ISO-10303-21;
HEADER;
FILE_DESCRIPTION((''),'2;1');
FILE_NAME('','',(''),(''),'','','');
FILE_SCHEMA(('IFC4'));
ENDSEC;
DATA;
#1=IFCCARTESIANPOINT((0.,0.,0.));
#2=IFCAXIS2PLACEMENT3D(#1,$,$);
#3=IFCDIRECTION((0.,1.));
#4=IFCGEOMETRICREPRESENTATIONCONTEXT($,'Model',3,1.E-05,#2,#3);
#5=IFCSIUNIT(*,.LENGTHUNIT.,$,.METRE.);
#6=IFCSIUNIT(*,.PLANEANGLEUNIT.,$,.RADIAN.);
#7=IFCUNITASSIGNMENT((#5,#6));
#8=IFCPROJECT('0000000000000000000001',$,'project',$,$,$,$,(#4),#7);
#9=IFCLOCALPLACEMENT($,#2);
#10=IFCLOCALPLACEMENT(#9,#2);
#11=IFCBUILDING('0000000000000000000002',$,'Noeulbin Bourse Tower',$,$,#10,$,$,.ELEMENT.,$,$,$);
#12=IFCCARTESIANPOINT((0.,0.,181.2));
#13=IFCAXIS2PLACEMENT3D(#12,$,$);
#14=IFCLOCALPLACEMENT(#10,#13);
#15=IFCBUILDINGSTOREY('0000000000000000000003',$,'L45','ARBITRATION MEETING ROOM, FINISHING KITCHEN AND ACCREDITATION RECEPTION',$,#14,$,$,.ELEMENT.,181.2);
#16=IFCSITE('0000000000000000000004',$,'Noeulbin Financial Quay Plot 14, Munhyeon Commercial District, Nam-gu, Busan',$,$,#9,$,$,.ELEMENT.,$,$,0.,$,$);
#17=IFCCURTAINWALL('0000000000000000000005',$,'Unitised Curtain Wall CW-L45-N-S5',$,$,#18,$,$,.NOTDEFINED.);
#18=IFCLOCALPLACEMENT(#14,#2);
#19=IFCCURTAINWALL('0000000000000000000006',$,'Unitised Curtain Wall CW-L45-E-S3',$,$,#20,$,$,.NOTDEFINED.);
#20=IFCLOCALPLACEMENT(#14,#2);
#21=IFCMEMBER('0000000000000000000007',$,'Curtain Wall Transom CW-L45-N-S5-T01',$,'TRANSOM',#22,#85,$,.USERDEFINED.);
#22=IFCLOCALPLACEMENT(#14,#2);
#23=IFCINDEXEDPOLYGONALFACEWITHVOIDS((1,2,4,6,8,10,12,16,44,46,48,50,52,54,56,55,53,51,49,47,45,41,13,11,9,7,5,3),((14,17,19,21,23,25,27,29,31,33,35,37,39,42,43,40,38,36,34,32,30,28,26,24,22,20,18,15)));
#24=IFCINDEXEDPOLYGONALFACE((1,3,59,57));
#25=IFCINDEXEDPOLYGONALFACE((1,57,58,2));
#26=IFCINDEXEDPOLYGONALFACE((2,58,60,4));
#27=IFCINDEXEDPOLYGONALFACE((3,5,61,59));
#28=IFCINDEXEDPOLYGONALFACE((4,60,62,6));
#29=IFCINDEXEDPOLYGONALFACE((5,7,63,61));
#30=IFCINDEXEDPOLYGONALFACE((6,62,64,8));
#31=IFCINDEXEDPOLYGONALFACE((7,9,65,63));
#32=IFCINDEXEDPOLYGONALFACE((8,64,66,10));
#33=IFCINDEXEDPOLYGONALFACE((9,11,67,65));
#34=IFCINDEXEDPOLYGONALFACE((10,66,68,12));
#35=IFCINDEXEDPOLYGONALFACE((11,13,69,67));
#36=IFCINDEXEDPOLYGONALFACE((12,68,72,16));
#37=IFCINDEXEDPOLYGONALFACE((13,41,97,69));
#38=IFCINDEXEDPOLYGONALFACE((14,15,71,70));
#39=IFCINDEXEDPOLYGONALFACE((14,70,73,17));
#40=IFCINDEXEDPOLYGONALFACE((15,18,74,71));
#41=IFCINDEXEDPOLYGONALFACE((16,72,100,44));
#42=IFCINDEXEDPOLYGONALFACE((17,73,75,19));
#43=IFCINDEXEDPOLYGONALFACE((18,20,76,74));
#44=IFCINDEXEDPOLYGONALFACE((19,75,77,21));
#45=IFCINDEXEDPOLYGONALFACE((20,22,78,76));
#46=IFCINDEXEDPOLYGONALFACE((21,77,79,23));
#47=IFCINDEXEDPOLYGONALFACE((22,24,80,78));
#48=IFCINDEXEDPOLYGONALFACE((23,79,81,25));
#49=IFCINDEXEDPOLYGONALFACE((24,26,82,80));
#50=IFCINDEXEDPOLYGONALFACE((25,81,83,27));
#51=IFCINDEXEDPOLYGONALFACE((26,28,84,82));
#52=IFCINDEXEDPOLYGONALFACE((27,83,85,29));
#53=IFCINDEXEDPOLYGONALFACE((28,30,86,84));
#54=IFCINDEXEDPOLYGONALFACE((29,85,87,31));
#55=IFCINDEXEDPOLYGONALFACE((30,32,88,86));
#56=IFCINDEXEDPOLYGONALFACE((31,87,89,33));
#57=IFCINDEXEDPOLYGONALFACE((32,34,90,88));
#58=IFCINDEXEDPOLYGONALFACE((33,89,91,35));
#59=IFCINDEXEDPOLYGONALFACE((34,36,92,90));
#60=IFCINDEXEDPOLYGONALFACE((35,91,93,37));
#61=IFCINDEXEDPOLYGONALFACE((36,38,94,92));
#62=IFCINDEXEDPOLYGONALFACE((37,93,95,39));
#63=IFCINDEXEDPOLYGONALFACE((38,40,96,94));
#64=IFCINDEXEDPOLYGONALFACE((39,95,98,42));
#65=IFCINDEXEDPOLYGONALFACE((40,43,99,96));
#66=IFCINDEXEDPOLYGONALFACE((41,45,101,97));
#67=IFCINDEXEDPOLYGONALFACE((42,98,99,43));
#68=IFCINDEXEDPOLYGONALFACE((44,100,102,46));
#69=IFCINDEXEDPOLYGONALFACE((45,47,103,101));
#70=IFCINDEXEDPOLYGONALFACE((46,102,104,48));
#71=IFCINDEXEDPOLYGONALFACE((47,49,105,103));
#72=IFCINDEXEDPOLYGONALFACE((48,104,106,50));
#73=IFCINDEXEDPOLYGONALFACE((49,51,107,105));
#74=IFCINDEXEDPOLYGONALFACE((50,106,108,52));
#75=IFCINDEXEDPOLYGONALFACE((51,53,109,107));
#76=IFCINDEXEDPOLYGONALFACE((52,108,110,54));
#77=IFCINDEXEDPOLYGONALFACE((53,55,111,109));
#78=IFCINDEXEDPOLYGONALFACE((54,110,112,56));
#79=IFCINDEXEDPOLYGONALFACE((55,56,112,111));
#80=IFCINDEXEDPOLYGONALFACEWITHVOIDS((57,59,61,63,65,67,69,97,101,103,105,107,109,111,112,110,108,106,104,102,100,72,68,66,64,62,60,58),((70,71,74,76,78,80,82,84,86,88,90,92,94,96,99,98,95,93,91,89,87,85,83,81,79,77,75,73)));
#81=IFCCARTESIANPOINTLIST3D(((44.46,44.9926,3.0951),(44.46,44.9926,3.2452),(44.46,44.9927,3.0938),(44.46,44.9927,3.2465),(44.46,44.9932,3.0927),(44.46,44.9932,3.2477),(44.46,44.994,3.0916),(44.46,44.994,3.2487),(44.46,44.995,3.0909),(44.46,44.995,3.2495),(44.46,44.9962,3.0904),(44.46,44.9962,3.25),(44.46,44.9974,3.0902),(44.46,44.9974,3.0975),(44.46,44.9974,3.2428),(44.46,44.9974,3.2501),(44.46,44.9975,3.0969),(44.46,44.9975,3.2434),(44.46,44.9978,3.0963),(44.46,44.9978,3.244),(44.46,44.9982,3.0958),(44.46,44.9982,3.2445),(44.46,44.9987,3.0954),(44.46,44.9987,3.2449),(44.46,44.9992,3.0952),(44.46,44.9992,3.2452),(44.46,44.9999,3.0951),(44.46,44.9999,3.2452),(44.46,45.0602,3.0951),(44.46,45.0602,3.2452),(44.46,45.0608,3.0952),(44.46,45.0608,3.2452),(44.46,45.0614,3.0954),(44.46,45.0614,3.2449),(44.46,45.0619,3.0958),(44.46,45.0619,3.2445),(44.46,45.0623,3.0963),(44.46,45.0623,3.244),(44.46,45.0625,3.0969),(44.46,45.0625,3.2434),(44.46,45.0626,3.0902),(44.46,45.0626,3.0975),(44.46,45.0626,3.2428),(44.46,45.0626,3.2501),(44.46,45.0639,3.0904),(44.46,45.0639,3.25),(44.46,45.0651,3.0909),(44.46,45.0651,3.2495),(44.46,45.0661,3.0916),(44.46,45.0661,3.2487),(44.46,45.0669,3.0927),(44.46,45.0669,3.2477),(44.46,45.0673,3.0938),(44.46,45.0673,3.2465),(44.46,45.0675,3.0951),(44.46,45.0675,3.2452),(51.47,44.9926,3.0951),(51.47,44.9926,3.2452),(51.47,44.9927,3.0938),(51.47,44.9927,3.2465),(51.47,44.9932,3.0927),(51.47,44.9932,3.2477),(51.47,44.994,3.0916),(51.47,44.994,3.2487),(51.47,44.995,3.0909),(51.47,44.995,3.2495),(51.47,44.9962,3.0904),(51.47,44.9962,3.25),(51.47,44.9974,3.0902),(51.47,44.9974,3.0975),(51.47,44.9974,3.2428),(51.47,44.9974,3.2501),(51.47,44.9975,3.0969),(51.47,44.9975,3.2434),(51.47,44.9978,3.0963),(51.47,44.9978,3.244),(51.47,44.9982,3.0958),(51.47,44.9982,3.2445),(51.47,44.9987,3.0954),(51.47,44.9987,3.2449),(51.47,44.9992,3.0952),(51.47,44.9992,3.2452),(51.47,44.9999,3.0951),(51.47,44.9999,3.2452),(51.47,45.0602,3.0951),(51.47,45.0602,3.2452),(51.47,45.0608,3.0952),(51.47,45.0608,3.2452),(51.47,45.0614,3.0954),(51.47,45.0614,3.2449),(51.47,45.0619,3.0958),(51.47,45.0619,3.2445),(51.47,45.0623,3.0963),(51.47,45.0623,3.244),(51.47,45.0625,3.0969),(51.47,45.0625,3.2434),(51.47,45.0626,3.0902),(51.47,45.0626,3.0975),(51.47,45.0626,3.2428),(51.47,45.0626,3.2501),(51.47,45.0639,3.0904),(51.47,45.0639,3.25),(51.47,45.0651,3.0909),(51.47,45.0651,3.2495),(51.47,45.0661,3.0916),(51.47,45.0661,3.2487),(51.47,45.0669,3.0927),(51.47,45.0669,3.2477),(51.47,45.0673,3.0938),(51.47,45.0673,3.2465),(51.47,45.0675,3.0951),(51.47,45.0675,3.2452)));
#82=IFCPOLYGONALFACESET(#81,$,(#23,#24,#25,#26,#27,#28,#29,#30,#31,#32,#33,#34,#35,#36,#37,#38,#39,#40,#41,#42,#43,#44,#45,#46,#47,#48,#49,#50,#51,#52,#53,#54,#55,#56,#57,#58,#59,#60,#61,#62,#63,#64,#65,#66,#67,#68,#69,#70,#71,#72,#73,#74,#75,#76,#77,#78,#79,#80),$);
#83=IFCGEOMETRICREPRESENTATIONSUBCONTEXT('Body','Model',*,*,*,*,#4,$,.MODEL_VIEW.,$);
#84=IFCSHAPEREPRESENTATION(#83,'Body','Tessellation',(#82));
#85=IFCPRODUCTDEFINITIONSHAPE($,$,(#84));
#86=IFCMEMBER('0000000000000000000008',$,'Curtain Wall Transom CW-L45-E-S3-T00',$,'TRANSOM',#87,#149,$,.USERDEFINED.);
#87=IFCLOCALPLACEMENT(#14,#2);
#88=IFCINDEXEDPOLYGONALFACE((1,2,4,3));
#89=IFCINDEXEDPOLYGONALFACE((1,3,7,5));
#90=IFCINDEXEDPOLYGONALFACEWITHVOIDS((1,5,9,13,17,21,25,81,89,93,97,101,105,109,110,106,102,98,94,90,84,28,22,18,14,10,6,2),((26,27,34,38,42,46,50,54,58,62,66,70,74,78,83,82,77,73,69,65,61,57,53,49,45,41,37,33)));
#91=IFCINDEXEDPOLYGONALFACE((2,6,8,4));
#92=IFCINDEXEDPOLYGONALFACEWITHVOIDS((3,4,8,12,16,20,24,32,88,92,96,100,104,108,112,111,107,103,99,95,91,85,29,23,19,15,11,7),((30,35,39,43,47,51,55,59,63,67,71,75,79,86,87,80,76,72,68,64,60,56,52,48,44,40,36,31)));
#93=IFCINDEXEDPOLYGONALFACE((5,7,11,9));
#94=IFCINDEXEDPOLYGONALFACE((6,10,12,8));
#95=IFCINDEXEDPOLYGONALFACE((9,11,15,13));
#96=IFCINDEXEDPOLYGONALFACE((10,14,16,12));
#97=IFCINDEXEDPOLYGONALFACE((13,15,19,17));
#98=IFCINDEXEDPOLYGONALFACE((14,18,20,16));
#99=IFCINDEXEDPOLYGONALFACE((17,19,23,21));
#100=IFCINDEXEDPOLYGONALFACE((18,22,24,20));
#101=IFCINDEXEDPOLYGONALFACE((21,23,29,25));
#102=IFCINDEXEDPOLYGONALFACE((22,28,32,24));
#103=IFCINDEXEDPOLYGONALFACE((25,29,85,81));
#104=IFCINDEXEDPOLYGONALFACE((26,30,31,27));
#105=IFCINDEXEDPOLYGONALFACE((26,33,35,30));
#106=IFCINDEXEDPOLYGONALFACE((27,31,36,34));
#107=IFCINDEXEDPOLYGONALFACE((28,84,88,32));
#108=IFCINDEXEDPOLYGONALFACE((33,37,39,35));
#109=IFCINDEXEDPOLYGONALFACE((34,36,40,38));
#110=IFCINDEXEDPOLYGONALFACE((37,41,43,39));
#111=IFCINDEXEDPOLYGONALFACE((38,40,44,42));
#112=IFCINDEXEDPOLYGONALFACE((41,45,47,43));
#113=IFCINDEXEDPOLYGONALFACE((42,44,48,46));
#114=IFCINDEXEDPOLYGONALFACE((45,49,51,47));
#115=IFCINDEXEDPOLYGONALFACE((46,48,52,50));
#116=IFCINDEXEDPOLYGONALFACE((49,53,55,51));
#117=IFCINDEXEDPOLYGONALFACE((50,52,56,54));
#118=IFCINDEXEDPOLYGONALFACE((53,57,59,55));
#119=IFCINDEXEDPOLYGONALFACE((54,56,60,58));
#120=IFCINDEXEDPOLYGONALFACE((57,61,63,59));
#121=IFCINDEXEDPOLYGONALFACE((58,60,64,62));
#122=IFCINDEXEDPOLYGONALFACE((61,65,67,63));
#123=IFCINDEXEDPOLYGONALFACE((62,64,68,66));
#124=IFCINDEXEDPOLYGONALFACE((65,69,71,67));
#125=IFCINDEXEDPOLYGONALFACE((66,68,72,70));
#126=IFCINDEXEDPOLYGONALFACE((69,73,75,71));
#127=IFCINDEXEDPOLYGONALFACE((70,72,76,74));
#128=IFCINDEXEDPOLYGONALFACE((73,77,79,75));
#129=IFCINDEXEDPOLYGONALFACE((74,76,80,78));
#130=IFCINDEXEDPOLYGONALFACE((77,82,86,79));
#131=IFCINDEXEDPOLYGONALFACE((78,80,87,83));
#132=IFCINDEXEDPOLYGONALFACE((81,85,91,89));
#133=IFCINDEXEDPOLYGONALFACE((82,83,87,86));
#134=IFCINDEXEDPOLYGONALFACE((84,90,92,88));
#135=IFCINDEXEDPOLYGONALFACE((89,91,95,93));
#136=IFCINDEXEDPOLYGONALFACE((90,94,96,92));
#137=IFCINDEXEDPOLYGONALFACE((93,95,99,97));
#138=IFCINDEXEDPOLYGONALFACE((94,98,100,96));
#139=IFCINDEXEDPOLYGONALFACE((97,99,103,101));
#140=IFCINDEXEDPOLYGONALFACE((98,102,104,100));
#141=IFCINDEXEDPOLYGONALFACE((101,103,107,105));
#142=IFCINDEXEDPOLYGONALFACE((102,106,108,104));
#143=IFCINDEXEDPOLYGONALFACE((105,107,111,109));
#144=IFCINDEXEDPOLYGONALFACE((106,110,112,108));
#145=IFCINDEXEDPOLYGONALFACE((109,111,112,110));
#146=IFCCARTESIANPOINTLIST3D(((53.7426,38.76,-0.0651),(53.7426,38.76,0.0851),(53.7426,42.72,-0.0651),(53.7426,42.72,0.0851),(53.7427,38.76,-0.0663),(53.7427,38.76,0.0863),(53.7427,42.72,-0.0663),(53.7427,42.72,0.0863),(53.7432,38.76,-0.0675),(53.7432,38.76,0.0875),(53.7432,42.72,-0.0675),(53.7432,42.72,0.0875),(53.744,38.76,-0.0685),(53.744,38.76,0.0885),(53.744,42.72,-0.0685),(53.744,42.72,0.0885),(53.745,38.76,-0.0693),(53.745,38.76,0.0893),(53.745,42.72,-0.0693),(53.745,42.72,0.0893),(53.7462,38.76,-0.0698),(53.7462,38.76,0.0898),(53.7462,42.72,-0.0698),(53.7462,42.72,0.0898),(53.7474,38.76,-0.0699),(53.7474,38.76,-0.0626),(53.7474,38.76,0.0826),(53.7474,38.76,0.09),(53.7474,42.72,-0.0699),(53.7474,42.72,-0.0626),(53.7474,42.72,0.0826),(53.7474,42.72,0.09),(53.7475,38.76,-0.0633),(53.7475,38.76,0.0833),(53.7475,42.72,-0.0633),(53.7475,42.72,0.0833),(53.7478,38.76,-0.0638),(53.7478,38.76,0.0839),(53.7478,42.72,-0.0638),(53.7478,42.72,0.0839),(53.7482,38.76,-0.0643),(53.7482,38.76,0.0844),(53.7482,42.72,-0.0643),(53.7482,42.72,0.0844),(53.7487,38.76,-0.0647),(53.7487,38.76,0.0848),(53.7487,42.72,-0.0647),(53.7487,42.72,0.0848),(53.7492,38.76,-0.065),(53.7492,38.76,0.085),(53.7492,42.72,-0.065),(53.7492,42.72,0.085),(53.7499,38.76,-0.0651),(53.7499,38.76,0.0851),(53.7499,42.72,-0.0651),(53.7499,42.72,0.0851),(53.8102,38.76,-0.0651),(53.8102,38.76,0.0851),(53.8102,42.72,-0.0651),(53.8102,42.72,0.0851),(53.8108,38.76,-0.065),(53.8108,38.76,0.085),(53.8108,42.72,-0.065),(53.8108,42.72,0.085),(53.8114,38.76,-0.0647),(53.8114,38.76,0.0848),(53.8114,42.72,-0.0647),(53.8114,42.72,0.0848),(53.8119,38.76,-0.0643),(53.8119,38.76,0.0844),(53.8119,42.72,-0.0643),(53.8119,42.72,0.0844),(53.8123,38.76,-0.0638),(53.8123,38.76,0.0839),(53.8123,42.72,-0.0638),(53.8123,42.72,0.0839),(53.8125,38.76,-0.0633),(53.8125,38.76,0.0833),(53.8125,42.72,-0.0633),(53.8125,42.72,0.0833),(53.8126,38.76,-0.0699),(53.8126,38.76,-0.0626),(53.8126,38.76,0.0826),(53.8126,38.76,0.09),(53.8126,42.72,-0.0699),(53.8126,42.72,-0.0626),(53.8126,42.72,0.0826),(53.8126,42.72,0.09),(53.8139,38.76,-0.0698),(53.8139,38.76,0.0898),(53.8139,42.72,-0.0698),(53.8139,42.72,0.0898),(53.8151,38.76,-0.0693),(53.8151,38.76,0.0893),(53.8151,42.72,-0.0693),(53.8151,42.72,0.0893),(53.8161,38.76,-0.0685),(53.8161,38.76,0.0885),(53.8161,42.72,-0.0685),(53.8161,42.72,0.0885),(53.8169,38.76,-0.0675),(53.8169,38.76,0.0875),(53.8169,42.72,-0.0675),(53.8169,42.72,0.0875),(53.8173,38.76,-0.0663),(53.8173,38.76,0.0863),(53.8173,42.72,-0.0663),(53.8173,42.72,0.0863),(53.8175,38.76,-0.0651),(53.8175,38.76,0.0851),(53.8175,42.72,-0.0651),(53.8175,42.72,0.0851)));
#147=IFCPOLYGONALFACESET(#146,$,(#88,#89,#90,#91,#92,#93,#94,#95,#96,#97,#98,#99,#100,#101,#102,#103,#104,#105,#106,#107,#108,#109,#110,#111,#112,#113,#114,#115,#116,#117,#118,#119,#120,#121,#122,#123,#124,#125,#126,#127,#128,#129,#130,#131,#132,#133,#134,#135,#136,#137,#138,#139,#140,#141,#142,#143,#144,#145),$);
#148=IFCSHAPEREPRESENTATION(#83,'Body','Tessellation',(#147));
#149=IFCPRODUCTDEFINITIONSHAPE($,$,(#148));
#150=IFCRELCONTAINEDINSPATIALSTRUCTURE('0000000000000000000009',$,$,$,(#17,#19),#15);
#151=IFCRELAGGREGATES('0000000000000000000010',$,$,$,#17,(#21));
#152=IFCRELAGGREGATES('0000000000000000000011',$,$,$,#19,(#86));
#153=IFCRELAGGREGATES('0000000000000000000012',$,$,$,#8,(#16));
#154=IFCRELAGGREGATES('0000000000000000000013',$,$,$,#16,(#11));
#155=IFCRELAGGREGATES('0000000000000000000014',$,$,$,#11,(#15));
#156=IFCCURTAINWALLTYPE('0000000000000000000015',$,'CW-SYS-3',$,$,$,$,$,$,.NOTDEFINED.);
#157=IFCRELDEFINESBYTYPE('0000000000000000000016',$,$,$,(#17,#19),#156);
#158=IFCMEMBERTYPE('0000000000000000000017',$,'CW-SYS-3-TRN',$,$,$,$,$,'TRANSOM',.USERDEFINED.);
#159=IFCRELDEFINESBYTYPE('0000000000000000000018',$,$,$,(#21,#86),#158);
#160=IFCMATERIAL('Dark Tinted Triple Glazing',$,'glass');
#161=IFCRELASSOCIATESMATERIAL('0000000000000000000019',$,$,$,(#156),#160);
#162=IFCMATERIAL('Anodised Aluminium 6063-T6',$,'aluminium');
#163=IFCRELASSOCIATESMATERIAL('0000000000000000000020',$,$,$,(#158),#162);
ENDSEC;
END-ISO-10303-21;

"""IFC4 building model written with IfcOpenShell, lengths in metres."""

from ifc_helpers import new_model, si_unit, direction, frame, origin, origin_2d, place, context, subcontext, project, spatial, hollow_rectangle, extrude, material, material_profile, profile_set, type_object, element, aggregate, save


model = new_model("IFC4")

# Units and contexts
model_context = context("Model", 3, precision=1e-05, world=origin(), true_north=direction((0.0, 1.0)))
body_context = subcontext(model_context, "Body", "Model", "MODEL_VIEW")
ifc_project = project(units=[si_unit("LENGTHUNIT", "METRE"), si_unit("PLANEANGLEUNIT", "RADIAN")], contexts=[model_context])

# Site, building, storey
site_placement = place(None, origin())
site = spatial("IfcSite", under=ifc_project, at=site_placement, Name="Noeulbin Financial Quay Plot 14, Munhyeon Commercial District, Nam-gu, Busan", CompositionType="ELEMENT", RefElevation=0.0)
building_placement = place(site_placement, origin())
building = spatial("IfcBuilding", under=site, at=building_placement, Name="Noeulbin Bourse Tower", CompositionType="ELEMENT")
storey_placement = place(building_placement, frame((0.0, 0.0, 181.2)))
storey = spatial("IfcBuildingStorey", under=building, at=storey_placement, Name="L45", Description="ARBITRATION MEETING ROOM, FINISHING KITCHEN AND ACCREDITATION RECEPTION", CompositionType="ELEMENT", Elevation=181.2)

# Shared definitions
ifc_material_1 = material(Name="Dark Tinted Triple Glazing", Category="glass")
curtain_wall_type = type_object("IfcCurtainWallType", Name="CW-SYS-3", PredefinedType="NOTDEFINED", material=ifc_material_1)
ifc_material_2 = material(Name="Anodised Aluminium 6063-T6", Category="aluminium")

# Curtain walls
curtain_wall_1_placement = place(storey_placement, origin())
curtain_wall_1 = element("IfcCurtainWall", 1, at=curtain_wall_1_placement, inside=storey, type_object=curtain_wall_type, Name="Unitised Curtain Wall CW-L45-N-S5", PredefinedType="NOTDEFINED")
curtain_wall_2_placement = place(storey_placement, origin())
curtain_wall_2 = element("IfcCurtainWall", 2, at=curtain_wall_2_placement, inside=storey, type_object=curtain_wall_type, Name="Unitised Curtain Wall CW-L45-E-S3", PredefinedType="NOTDEFINED")

# Members
ifc_material_profile_1 = material_profile(ifc_material_2, hollow_rectangle(XDim=0.075, YDim=0.1599, WallThickness=0.0049, InnerFilletRadius=0.0024, OuterFilletRadius=0.0049, at=origin_2d()), Name="ALU-TRAN-75x160x5", Category="LoadBearing")
ifc_profile_set_1 = profile_set([ifc_material_profile_1], Name="Anodised Aluminium 6063-T6")
member_type_1 = type_object("IfcMemberType", Name="CW-SYS-3-TRN", ElementType="TRANSOM", PredefinedType="USERDEFINED", material=ifc_profile_set_1)
member_1_placement = place(storey_placement, frame((44.46, 45.03, 3.1702), z_axis=(1.0, 0.0, 0.0), x_axis=(0.0, 1.0, 0.0)))
member_1 = element("IfcMember", 3, at=member_1_placement, type_object=member_type_1, Name="Curtain Wall Transom CW-L45-N-S5-T01", ObjectType="TRANSOM", PredefinedType="USERDEFINED", context=body_context, shape_type="SweptSolid", body=[
    extrude(hollow_rectangle(XDim=0.075, YDim=0.1599, WallThickness=0.0049, InnerFilletRadius=0.0024, OuterFilletRadius=0.0049, at=origin_2d()), origin(), (0.0, 0.0, 1.0), 7.01),
])
member_2_placement = place(storey_placement, frame((53.78, 38.76, 0.01), z_axis=(0.0, 1.0, 0.0), x_axis=(-1.0, 0.0, 0.0)))
member_2 = element("IfcMember", 4, at=member_2_placement, type_object=member_type_1, Name="Curtain Wall Transom CW-L45-E-S3-T00", ObjectType="TRANSOM", PredefinedType="USERDEFINED", context=body_context, shape_type="SweptSolid", body=[
    extrude(hollow_rectangle(XDim=0.075, YDim=0.1599, WallThickness=0.0049, InnerFilletRadius=0.0024, OuterFilletRadius=0.0049, at=origin_2d()), origin(), (0.0, 0.0, 1.0), 3.96),
])

aggregate(curtain_wall_1, [member_1])
aggregate(curtain_wall_2, [member_2])

save(model, "model.ifc")
